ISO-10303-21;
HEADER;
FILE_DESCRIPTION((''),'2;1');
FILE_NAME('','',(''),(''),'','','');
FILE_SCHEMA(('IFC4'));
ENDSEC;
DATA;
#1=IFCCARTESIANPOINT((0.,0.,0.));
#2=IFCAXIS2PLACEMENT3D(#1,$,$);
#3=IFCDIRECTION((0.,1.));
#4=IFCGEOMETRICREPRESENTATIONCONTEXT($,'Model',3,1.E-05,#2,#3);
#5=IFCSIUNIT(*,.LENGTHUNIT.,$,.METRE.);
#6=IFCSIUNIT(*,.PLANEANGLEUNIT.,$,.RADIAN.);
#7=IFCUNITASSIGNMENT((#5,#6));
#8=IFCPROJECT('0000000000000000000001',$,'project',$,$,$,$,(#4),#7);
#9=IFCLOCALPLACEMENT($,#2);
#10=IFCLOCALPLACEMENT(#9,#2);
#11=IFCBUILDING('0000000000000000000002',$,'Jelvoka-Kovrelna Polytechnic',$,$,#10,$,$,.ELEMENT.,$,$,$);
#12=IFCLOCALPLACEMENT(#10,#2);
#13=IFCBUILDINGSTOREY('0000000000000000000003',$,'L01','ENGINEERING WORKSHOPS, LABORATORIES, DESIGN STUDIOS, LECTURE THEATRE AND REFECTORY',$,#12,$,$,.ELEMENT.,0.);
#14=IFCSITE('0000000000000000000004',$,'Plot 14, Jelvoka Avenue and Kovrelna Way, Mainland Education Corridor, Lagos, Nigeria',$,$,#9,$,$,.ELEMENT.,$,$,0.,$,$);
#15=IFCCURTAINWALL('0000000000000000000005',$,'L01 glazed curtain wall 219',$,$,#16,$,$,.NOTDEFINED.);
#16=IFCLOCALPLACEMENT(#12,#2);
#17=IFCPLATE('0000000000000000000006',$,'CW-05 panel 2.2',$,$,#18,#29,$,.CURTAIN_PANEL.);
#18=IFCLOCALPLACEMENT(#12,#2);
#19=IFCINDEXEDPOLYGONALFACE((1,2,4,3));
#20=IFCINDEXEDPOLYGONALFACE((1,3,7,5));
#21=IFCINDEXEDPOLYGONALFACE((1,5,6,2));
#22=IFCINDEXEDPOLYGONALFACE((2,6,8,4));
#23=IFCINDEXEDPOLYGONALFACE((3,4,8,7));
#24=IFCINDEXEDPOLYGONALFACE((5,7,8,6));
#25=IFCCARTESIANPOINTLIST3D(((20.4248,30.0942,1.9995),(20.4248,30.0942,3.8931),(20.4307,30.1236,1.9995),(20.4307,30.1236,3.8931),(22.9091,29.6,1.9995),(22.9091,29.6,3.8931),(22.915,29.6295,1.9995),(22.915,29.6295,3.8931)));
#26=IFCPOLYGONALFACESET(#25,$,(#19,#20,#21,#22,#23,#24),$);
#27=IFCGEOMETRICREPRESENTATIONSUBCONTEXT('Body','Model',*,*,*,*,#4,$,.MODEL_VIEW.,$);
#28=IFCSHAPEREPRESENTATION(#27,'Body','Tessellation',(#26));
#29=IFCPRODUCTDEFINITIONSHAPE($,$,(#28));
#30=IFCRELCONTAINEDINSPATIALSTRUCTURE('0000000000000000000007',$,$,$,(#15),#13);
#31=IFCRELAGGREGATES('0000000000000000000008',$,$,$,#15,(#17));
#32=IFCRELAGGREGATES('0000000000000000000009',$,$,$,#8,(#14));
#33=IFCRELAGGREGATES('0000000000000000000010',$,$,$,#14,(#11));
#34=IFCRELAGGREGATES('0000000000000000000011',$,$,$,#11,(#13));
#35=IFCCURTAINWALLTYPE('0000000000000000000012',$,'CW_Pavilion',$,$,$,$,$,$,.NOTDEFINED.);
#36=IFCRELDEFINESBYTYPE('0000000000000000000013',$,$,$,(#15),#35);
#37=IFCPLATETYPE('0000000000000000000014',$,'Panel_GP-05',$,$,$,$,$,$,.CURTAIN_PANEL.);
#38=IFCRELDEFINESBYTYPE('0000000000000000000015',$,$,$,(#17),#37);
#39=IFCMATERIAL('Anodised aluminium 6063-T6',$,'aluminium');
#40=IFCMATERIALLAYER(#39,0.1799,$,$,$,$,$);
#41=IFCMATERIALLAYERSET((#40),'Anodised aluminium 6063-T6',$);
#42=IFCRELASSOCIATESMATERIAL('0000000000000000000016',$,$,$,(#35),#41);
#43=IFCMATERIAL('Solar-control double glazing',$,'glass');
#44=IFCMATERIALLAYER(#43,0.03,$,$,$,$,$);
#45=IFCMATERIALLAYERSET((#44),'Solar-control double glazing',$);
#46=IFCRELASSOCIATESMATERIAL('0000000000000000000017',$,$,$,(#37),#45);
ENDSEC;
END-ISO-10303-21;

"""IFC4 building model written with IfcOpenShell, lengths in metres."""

from ifc_helpers import new_model, si_unit, direction, frame, origin, origin_2d, place, context, subcontext, project, spatial, rectangle, extrude, material, layer, layer_set, type_object, element, aggregate, save


model = new_model("IFC4")

# Units and contexts
model_context = context("Model", 3, precision=1e-05, world=origin(), true_north=direction((0.0, 1.0)))
body_context = subcontext(model_context, "Body", "Model", "MODEL_VIEW")
ifc_project = project(units=[si_unit("LENGTHUNIT", "METRE"), si_unit("PLANEANGLEUNIT", "RADIAN")], contexts=[model_context])

# Site, building, storey
site_placement = place(None, origin())
site = spatial("IfcSite", under=ifc_project, at=site_placement, Name="Plot 14, Jelvoka Avenue and Kovrelna Way, Mainland Education Corridor, Lagos, Nigeria", CompositionType="ELEMENT", RefElevation=0.0)
building_placement = place(site_placement, origin())
building = spatial("IfcBuilding", under=site, at=building_placement, Name="Jelvoka-Kovrelna Polytechnic", CompositionType="ELEMENT")
storey_placement = place(building_placement, origin())
storey = spatial("IfcBuildingStorey", under=building, at=storey_placement, Name="L01", Description="ENGINEERING WORKSHOPS, LABORATORIES, DESIGN STUDIOS, LECTURE THEATRE AND REFECTORY", CompositionType="ELEMENT", Elevation=0.0)

# Curtain wall
ifc_material_1 = material(Name="Anodised aluminium 6063-T6", Category="aluminium")
ifc_layer_1 = layer(ifc_material_1, 0.1799)
ifc_layer_set_1 = layer_set([ifc_layer_1], Name="Anodised aluminium 6063-T6")
curtain_wall_type = type_object("IfcCurtainWallType", Name="CW_Pavilion", PredefinedType="NOTDEFINED", material=ifc_layer_set_1)
curtain_wall_1_placement = place(storey_placement, origin())
curtain_wall_1 = element("IfcCurtainWall", 1, at=curtain_wall_1_placement, inside=storey, type_object=curtain_wall_type, Name="L01 glazed curtain wall 219", PredefinedType="NOTDEFINED")

# Plate
ifc_material_2 = material(Name="Solar-control double glazing", Category="glass")
ifc_layer_2 = layer(ifc_material_2, 0.03)
ifc_layer_set_2 = layer_set([ifc_layer_2], Name="Solar-control double glazing")
plate_type = type_object("IfcPlateType", Name="Panel_GP-05", PredefinedType="CURTAIN_PANEL", material=ifc_layer_set_2)
plate_1_placement = place(storey_placement, frame((21.6699, 29.8618, 1.9995), z_axis=(0.0, 0.0, 1.0), x_axis=(-0.980786, 0.195086, 0.0)))
plate_1 = element("IfcPlate", 2, at=plate_1_placement, type_object=plate_type, Name="CW-05 panel 2.2", PredefinedType="CURTAIN_PANEL", context=body_context, shape_type="SweptSolid", body=[
    extrude(rectangle(XDim=2.533, YDim=0.03, at=origin_2d()), origin(), (0.0, 0.0, 1.0), 1.8936),
])
aggregate(curtain_wall_1, [plate_1])

save(model, "model.ifc")
